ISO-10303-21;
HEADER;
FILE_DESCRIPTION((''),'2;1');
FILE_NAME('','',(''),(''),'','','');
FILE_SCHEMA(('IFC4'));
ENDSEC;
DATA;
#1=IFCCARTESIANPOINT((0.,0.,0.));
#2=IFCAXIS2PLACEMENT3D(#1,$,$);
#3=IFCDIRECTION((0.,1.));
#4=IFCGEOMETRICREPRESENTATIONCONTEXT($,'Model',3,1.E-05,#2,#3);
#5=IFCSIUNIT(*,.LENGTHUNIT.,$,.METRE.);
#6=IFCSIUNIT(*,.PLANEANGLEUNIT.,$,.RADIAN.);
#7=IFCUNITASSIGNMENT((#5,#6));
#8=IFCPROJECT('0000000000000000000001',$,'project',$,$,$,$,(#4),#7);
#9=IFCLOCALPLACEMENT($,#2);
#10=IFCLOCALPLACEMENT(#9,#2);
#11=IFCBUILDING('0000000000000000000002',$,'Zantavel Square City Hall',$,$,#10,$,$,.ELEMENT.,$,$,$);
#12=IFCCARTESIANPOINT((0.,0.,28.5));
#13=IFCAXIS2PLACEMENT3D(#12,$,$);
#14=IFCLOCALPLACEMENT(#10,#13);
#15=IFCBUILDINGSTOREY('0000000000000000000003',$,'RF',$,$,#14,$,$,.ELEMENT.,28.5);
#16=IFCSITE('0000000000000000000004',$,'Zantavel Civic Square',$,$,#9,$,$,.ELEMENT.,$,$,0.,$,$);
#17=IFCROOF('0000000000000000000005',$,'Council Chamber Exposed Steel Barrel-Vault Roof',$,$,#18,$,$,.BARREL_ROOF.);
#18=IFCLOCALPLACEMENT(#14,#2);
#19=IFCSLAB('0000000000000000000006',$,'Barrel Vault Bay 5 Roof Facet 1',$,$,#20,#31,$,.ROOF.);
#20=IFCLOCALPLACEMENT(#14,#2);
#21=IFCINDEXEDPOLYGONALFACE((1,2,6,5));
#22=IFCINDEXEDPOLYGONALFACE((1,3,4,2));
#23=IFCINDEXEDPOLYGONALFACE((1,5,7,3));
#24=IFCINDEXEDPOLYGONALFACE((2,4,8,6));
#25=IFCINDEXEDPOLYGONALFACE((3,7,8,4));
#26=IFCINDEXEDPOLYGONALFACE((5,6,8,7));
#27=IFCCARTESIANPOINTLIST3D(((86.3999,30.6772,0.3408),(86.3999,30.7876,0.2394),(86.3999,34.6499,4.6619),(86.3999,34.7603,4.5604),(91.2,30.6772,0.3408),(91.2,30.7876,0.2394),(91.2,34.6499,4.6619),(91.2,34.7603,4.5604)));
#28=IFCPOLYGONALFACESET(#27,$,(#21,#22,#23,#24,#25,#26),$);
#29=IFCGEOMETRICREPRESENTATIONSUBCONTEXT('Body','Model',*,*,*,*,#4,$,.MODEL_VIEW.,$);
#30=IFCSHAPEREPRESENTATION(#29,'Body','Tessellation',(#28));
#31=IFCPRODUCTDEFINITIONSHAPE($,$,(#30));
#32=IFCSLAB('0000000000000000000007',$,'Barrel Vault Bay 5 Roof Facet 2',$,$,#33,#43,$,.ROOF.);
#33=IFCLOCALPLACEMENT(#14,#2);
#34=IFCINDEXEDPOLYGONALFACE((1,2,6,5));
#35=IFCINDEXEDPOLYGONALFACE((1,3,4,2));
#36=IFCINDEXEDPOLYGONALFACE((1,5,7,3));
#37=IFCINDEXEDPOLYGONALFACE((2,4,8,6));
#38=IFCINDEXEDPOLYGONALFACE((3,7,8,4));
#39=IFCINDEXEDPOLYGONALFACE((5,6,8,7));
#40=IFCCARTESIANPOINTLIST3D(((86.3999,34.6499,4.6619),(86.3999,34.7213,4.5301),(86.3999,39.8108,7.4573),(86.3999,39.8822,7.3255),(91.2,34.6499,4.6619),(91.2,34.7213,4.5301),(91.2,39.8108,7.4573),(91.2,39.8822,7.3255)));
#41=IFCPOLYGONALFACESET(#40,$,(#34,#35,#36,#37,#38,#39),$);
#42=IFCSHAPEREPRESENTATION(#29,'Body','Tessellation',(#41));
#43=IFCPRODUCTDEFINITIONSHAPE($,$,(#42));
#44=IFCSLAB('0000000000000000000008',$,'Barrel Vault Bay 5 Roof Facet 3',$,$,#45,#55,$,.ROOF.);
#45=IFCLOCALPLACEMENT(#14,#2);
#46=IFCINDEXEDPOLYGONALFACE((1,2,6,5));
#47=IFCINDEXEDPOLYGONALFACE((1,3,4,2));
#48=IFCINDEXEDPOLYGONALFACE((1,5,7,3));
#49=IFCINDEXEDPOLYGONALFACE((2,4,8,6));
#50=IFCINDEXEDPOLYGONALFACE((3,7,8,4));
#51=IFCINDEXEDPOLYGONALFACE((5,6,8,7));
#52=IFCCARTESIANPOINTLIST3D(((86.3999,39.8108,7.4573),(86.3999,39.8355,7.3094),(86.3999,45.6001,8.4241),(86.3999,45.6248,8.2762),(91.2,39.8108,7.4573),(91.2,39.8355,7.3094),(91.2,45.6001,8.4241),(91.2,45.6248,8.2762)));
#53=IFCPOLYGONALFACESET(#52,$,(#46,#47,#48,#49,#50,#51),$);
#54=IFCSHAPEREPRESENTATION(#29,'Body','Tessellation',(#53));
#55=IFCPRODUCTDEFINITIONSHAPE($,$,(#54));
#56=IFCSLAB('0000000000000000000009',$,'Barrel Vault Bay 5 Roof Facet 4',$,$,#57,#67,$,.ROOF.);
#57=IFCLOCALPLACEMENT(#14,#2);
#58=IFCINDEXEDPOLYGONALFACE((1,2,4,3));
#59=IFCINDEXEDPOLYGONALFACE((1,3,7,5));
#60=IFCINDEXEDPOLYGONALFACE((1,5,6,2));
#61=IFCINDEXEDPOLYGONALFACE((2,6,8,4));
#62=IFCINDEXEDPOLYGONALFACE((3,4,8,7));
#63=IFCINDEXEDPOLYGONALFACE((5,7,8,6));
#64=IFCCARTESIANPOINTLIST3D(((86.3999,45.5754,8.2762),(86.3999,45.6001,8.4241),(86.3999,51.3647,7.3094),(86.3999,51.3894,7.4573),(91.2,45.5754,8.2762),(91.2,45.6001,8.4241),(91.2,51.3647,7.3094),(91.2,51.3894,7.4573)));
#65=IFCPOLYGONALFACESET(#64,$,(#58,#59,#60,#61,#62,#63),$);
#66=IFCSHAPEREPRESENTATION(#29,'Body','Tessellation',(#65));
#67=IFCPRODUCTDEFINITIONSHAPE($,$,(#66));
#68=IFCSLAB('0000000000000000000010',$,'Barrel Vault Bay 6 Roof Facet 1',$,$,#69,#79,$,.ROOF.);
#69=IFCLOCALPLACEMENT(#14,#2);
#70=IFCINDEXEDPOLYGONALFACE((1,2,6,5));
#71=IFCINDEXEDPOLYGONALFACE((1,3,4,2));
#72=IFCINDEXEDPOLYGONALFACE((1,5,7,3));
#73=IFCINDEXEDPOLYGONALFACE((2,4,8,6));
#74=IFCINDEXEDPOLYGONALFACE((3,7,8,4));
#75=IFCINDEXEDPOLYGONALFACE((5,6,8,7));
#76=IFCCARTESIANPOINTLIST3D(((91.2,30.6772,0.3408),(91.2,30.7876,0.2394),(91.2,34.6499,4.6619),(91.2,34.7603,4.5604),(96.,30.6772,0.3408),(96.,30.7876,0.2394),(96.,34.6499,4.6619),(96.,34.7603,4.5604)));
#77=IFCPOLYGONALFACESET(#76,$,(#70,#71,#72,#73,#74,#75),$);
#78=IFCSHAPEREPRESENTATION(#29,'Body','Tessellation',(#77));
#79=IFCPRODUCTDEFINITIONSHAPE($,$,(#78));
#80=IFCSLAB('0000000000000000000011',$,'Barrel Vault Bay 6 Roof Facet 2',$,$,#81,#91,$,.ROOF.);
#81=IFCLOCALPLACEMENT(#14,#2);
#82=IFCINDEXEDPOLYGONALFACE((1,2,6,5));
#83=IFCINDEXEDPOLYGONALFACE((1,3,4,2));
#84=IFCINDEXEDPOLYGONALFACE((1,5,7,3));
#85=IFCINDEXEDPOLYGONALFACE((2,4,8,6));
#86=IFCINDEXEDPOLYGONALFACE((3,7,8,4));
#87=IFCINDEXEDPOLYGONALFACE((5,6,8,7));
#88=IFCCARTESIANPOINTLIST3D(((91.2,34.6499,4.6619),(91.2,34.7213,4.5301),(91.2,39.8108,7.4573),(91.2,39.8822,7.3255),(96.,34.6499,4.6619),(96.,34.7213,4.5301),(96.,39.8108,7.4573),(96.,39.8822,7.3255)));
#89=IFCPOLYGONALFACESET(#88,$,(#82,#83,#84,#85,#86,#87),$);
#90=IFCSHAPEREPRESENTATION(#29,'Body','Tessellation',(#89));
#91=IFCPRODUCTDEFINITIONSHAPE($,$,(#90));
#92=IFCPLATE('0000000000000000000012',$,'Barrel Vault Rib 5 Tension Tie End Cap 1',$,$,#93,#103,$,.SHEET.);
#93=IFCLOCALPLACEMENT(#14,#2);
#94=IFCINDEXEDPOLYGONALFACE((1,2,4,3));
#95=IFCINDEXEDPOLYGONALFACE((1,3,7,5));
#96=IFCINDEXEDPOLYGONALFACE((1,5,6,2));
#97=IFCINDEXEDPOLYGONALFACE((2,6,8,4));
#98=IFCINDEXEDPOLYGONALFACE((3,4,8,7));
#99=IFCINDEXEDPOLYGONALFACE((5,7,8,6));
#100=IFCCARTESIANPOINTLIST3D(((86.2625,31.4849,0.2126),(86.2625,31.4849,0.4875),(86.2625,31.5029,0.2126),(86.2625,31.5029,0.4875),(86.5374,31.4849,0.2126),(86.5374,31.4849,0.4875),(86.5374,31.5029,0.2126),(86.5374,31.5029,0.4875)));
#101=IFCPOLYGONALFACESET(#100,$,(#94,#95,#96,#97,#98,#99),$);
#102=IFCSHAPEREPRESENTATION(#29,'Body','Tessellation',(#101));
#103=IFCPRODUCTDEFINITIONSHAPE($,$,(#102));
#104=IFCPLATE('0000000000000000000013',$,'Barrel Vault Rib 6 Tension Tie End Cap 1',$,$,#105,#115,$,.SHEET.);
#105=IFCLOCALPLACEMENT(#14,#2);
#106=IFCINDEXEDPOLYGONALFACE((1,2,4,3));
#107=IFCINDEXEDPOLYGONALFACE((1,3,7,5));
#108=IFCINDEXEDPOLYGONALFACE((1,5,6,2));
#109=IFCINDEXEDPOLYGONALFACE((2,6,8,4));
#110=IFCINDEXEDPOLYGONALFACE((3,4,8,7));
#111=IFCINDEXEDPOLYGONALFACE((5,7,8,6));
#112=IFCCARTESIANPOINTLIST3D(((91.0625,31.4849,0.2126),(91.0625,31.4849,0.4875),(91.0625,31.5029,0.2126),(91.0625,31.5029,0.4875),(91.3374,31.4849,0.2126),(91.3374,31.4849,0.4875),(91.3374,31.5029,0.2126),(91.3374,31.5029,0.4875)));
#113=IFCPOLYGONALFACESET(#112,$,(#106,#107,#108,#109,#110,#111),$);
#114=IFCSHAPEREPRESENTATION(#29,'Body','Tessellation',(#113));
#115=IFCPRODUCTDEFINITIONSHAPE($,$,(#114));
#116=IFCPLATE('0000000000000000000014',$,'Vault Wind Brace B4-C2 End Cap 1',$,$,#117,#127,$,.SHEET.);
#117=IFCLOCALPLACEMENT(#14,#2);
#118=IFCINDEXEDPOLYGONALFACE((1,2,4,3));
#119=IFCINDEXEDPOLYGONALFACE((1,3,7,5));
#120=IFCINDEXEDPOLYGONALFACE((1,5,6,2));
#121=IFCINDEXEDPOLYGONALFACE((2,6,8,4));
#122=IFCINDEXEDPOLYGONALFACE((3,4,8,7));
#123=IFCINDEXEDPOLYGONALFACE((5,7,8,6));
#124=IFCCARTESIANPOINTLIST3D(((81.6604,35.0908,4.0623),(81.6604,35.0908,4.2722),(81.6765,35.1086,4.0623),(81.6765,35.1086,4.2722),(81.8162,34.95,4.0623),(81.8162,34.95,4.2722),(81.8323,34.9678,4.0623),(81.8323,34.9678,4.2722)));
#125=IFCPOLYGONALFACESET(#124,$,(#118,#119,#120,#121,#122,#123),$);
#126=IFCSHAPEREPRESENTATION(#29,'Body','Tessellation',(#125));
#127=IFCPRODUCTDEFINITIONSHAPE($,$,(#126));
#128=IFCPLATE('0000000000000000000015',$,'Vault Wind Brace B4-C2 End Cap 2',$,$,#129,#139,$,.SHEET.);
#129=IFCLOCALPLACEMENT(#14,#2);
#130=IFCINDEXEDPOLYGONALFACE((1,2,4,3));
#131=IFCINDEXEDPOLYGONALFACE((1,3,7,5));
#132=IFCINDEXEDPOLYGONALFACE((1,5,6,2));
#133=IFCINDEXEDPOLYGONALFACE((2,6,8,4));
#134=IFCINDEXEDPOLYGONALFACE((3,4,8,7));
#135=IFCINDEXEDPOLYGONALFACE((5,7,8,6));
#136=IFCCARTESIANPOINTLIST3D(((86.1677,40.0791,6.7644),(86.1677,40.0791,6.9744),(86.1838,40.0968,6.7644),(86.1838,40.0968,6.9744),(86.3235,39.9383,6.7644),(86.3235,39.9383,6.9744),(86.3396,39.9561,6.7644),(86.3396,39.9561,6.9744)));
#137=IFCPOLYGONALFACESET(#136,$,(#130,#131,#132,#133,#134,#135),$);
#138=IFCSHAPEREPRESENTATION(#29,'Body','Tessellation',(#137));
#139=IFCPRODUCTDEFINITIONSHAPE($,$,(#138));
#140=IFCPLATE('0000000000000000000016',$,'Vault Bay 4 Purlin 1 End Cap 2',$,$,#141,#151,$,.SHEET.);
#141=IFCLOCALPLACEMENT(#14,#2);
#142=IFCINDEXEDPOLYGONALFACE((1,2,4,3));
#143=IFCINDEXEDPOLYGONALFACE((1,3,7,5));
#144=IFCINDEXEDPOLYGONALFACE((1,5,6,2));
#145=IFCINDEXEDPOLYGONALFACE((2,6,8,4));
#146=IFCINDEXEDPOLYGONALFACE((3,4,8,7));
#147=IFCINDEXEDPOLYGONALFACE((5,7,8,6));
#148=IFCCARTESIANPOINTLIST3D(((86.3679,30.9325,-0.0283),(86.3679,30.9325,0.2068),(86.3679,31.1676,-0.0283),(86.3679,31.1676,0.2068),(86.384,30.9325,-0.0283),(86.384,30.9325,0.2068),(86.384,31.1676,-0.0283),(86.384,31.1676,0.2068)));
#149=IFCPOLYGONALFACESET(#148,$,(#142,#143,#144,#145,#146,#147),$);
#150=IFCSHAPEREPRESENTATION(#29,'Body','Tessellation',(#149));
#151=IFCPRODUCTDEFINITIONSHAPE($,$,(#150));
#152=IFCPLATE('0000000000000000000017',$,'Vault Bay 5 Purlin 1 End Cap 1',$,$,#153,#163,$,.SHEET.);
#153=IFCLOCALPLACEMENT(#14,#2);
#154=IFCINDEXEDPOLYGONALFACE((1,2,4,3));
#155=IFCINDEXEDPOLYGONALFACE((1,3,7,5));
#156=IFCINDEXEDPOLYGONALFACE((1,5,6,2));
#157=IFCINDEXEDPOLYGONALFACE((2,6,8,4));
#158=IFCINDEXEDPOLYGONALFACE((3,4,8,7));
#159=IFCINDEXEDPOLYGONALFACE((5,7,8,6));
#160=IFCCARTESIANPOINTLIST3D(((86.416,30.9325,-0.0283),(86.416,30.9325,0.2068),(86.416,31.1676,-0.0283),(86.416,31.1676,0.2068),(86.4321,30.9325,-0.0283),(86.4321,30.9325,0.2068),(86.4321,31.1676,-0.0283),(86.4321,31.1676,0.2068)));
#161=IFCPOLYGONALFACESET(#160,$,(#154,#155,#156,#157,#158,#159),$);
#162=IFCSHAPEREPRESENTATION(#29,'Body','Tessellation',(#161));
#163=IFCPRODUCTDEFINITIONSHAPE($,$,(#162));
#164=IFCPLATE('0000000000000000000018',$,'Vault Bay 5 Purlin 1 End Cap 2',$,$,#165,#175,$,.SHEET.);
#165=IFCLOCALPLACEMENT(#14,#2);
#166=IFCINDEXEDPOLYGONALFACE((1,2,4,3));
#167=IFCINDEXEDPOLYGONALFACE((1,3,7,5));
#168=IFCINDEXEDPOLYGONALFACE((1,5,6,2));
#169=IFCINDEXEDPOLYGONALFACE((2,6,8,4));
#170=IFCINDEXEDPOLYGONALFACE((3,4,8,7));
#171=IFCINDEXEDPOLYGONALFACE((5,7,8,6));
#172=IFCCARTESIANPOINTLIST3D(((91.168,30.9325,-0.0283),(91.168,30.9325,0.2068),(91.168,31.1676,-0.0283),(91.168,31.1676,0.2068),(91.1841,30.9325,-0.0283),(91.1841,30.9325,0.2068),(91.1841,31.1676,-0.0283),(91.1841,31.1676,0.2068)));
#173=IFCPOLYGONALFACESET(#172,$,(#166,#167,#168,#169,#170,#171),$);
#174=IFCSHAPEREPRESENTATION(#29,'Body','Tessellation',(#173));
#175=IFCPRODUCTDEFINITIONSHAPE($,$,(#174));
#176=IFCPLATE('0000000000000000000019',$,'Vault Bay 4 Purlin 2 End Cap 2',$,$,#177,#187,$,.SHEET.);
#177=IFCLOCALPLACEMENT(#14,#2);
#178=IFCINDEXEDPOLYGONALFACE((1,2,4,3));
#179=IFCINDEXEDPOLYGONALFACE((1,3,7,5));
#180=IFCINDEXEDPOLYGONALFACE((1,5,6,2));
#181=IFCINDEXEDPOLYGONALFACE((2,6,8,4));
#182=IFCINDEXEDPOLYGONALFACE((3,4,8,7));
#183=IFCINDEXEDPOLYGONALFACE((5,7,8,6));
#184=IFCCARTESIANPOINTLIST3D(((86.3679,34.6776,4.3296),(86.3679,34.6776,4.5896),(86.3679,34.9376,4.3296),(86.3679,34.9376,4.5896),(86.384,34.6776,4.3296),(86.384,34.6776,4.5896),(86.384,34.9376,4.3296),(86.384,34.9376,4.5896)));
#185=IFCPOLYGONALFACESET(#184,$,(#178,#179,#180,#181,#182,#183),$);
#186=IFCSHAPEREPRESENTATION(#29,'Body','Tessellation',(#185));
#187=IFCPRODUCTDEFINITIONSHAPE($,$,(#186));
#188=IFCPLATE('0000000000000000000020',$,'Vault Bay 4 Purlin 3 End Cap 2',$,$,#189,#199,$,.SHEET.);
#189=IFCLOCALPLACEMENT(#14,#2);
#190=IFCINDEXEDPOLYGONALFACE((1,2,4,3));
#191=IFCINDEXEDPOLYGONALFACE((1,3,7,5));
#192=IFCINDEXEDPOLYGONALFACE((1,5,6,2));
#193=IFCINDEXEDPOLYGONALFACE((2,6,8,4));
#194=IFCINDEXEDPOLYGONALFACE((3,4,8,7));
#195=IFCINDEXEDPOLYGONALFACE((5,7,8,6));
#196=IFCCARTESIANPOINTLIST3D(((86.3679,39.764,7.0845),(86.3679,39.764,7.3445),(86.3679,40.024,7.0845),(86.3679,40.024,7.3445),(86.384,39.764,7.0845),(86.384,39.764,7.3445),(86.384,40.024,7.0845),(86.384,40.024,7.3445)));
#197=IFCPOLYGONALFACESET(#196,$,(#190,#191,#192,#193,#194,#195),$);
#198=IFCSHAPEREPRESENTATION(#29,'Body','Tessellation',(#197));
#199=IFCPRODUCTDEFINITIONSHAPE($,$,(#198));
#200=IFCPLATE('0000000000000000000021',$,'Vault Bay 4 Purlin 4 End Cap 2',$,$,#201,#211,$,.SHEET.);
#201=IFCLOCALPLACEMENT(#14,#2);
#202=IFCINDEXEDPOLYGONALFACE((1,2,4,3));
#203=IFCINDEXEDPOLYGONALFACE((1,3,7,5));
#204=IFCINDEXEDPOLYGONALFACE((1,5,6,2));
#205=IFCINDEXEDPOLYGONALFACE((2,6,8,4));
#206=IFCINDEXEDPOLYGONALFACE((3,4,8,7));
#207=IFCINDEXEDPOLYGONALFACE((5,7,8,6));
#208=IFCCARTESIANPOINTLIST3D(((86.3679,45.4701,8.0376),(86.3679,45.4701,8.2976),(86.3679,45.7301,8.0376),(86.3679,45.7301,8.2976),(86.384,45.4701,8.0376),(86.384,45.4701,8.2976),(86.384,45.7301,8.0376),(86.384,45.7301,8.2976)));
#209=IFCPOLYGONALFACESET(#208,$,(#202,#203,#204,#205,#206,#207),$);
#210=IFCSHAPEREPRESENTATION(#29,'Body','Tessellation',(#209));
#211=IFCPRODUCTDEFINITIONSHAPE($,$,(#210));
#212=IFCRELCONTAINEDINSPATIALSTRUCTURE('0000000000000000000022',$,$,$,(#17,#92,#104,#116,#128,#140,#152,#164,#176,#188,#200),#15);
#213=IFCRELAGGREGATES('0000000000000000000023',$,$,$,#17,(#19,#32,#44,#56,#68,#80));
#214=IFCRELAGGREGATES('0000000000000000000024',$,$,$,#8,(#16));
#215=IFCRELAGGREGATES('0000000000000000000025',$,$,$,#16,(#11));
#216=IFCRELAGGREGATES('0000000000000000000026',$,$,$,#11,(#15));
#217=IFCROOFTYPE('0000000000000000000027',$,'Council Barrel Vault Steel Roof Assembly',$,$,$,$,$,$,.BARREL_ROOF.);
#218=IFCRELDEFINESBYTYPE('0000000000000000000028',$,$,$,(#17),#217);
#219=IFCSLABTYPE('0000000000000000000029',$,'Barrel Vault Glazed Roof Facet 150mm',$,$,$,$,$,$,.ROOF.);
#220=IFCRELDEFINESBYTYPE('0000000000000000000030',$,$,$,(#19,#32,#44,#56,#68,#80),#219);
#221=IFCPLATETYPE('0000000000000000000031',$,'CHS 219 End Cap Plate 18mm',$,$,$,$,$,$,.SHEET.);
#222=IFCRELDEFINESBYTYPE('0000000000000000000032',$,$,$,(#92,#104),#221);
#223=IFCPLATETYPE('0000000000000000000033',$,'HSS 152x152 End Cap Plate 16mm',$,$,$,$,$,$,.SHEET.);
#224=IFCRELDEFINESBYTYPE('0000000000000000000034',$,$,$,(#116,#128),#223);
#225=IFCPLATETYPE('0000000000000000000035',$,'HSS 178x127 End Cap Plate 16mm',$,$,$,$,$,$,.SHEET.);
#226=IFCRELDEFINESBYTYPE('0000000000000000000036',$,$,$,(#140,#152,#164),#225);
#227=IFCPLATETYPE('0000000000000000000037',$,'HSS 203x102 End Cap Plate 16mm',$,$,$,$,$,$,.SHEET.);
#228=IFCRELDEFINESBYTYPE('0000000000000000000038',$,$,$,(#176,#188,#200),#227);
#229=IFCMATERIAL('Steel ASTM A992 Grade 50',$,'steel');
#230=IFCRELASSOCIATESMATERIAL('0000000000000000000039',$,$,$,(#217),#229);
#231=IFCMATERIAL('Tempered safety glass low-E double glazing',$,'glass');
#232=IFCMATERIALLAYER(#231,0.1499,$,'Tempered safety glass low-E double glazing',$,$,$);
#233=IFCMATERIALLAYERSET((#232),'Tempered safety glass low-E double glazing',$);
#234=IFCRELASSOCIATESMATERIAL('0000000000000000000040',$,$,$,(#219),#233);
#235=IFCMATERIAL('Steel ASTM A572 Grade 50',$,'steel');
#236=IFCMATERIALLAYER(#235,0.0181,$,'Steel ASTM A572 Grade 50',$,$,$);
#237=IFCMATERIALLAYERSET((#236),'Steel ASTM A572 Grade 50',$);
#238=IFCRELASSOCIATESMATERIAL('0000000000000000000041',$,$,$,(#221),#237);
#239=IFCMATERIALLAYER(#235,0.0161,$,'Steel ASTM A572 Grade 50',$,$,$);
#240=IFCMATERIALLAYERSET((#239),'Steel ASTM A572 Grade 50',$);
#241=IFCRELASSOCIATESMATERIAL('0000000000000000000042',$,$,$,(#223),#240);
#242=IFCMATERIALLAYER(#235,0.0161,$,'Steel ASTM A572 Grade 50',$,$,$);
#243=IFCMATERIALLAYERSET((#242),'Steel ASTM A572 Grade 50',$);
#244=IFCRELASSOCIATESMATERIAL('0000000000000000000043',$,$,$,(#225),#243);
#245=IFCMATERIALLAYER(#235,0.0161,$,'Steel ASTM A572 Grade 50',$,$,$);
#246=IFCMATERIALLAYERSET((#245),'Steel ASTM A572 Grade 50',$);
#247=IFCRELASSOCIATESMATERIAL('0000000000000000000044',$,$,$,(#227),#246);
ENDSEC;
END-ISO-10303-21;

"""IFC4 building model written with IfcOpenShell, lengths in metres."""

from ifc_helpers import new_model, si_unit, direction, frame, origin, origin_2d, place, context, subcontext, project, spatial, polyline, rectangle, outline, extrude, material, layer, layer_set, type_object, element, aggregate, save


model = new_model("IFC4")

# Units and contexts
model_context = context("Model", 3, precision=1e-05, world=origin(), true_north=direction((0.0, 1.0)))
body_context = subcontext(model_context, "Body", "Model", "MODEL_VIEW")
ifc_project = project(units=[si_unit("LENGTHUNIT", "METRE"), si_unit("PLANEANGLEUNIT", "RADIAN")], contexts=[model_context])

# Site, building, storey
site_placement = place(None, origin())
site = spatial("IfcSite", under=ifc_project, at=site_placement, Name="Zantavel Civic Square", CompositionType="ELEMENT", RefElevation=0.0)
building_placement = place(site_placement, origin())
building = spatial("IfcBuilding", under=site, at=building_placement, Name="Zantavel Square City Hall", CompositionType="ELEMENT")
storey_placement = place(building_placement, frame((0.0, 0.0, 28.5)))
storey = spatial("IfcBuildingStorey", under=building, at=storey_placement, Name="RF", CompositionType="ELEMENT", Elevation=28.5)

# Shared definitions
ifc_material_1 = material(Name="Steel ASTM A992 Grade 50", Category="steel")

# Roof, slabs
roof_type = type_object("IfcRoofType", Name="Council Barrel Vault Steel Roof Assembly", PredefinedType="BARREL_ROOF", material=ifc_material_1)
roof_placement = place(storey_placement, origin())
roof = element("IfcRoof", 1, at=roof_placement, inside=storey, type_object=roof_type, Name="Council Chamber Exposed Steel Barrel-Vault Roof", PredefinedType="BARREL_ROOF")
ifc_material_2 = material(Name="Tempered safety glass low-E double glazing", Category="glass")
ifc_layer_1 = layer(ifc_material_2, 0.1499, Name="Tempered safety glass low-E double glazing")
ifc_layer_set_1 = layer_set([ifc_layer_1], Name="Tempered safety glass low-E double glazing")
slab_type = type_object("IfcSlabType", Name="Barrel Vault Glazed Roof Facet 150mm", PredefinedType="ROOF", material=ifc_layer_set_1)
slab_1_placement = place(storey_placement, frame((86.3999, 30.6772, 0.3408), z_axis=(0.0, -0.736161, 0.676807), x_axis=(1.0, 0.0, 0.0)))
slab_1 = element("IfcSlab", 2, at=slab_1_placement, type_object=slab_type, Name="Barrel Vault Bay 5 Roof Facet 1", PredefinedType="ROOF", context=body_context, shape_type="SweptSolid", body=[
    extrude(outline(polyline([(0.0, 0.0), (4.8, 0.0), (4.8, 5.8697), (0.0, 5.8697), (0.0, 0.0)])), origin(), (0.0, 0.0, -1.0), 0.1499),
])
slab_2_placement = place(storey_placement, frame((86.3999, 34.6499, 4.6619), z_axis=(0.0, -0.476274, 0.879297), x_axis=(1.0, 0.0, 0.0)))
slab_2 = element("IfcSlab", 3, at=slab_2_placement, type_object=slab_type, Name="Barrel Vault Bay 5 Roof Facet 2", PredefinedType="ROOF", context=body_context, shape_type="SweptSolid", body=[
    extrude(outline(polyline([(0.0, 0.0), (4.8, 0.0), (4.8, 5.8693), (0.0, 5.8693), (0.0, 0.0)])), origin(), (0.0, 0.0, -1.0), 0.1499),
])
slab_3_placement = place(storey_placement, frame((86.3999, 39.8108, 7.4573), z_axis=(0.0, -0.164716, 0.986341), x_axis=(1.0, 0.0, 0.0)))
slab_3 = element("IfcSlab", 4, at=slab_3_placement, type_object=slab_type, Name="Barrel Vault Bay 5 Roof Facet 3", PredefinedType="ROOF", context=body_context, shape_type="SweptSolid", body=[
    extrude(outline(polyline([(0.0, 0.0), (4.8, 0.0), (4.8, 5.8695), (0.0, 5.8695), (0.0, 0.0)])), origin(), (0.0, 0.0, -1.0), 0.1499),
])
slab_4_placement = place(storey_placement, frame((86.3999, 45.6001, 8.4241), z_axis=(0.0, 0.164716, 0.986341), x_axis=(1.0, 0.0, 0.0)))
slab_4 = element("IfcSlab", 5, at=slab_4_placement, type_object=slab_type, Name="Barrel Vault Bay 5 Roof Facet 4", PredefinedType="ROOF", context=body_context, shape_type="SweptSolid", body=[
    extrude(outline(polyline([(0.0, 0.0), (4.8, 0.0), (4.8, 5.8695), (0.0, 5.8695), (0.0, 0.0)])), origin(), (0.0, 0.0, -1.0), 0.1499),
])
slab_5_placement = place(storey_placement, frame((91.2, 30.6772, 0.3408), z_axis=(0.0, -0.736161, 0.676807), x_axis=(1.0, 0.0, 0.0)))
slab_5 = element("IfcSlab", 6, at=slab_5_placement, type_object=slab_type, Name="Barrel Vault Bay 6 Roof Facet 1", PredefinedType="ROOF", context=body_context, shape_type="SweptSolid", body=[
    extrude(outline(polyline([(0.0, 0.0), (4.8, 0.0), (4.8, 5.8697), (0.0, 5.8697), (0.0, 0.0)])), origin(), (0.0, 0.0, -1.0), 0.1499),
])
slab_6_placement = place(storey_placement, frame((91.2, 34.6499, 4.6619), z_axis=(0.0, -0.476274, 0.879297), x_axis=(1.0, 0.0, 0.0)))
slab_6 = element("IfcSlab", 7, at=slab_6_placement, type_object=slab_type, Name="Barrel Vault Bay 6 Roof Facet 2", PredefinedType="ROOF", context=body_context, shape_type="SweptSolid", body=[
    extrude(outline(polyline([(0.0, 0.0), (4.8, 0.0), (4.8, 5.8693), (0.0, 5.8693), (0.0, 0.0)])), origin(), (0.0, 0.0, -1.0), 0.1499),
])
aggregate(roof, [slab_1, slab_2, slab_3, slab_4, slab_5, slab_6])

# Plates
ifc_material_3 = material(Name="Steel ASTM A572 Grade 50", Category="steel")
ifc_layer_2 = layer(ifc_material_3, 0.0181, Name="Steel ASTM A572 Grade 50")
ifc_layer_set_2 = layer_set([ifc_layer_2], Name="Steel ASTM A572 Grade 50")
plate_type_1 = type_object("IfcPlateType", Name="CHS 219 End Cap Plate 18mm", PredefinedType="SHEET", material=ifc_layer_set_2)
for number, where, z_axis, x_axis, name in (
    (8, (86.3999, 31.4939, 0.2126), (0.0, 0.0, 1.0), (0.0, 1.0, 0.0), "Barrel Vault Rib 5 Tension Tie End Cap 1"),
    (9, (91.2, 31.4939, 0.2126), (0.0, 0.0, 1.0), (0.0, 1.0, 0.0), "Barrel Vault Rib 6 Tension Tie End Cap 1"),
):
    element("IfcPlate", number, at=place(storey_placement, frame(where, z_axis=z_axis, x_axis=x_axis)), inside=storey, type_object=plate_type_1, Name=name, PredefinedType="SHEET", context=body_context, shape_type="SweptSolid", body=[
        extrude(rectangle(XDim=0.0181, YDim=0.2749, at=origin_2d()), origin(), (0.0, 0.0, 1.0), 0.2749),
    ])
ifc_layer_3 = layer(ifc_material_3, 0.0161, Name="Steel ASTM A572 Grade 50")
ifc_layer_set_3 = layer_set([ifc_layer_3], Name="Steel ASTM A572 Grade 50")
plate_type_2 = type_object("IfcPlateType", Name="HSS 152x152 End Cap Plate 16mm", PredefinedType="SHEET", material=ifc_layer_set_3)
for number, where, z_axis, x_axis, name in (
    (10, (81.7463, 35.0293, 4.0623), (0.0, 0.0, 1.0), (0.670438, 0.741966, 0.0), "Vault Wind Brace B4-C2 End Cap 1"),
    (11, (86.2537, 40.0176, 6.7644), (0.0, 0.0, 1.0), (0.670438, 0.741966, 0.0), "Vault Wind Brace B4-C2 End Cap 2"),
):
    element("IfcPlate", number, at=place(storey_placement, frame(where, z_axis=z_axis, x_axis=x_axis)), inside=storey, type_object=plate_type_2, Name=name, PredefinedType="SHEET", context=body_context, shape_type="SweptSolid", body=[
        extrude(rectangle(XDim=0.0239, YDim=0.21, at=origin_2d()), origin(), (0.0, 0.0, 1.0), 0.21),
    ])
ifc_layer_4 = layer(ifc_material_3, 0.0161, Name="Steel ASTM A572 Grade 50")
ifc_layer_set_4 = layer_set([ifc_layer_4], Name="Steel ASTM A572 Grade 50")
plate_type_3 = type_object("IfcPlateType", Name="HSS 178x127 End Cap Plate 16mm", PredefinedType="SHEET", material=ifc_layer_set_4)
for number, where, z_axis, x_axis, name in (
    (12, (86.376, 31.05, -0.0283), (0.0, 0.0, 1.0), (1.0, 0.0, 0.0), "Vault Bay 4 Purlin 1 End Cap 2"),
    (13, (86.4241, 31.05, -0.0283), (0.0, 0.0, 1.0), (1.0, 0.0, 0.0), "Vault Bay 5 Purlin 1 End Cap 1"),
    (14, (91.176, 31.05, -0.0283), (0.0, 0.0, 1.0), (1.0, 0.0, 0.0), "Vault Bay 5 Purlin 1 End Cap 2"),
):
    element("IfcPlate", number, at=place(storey_placement, frame(where, z_axis=z_axis, x_axis=x_axis)), inside=storey, type_object=plate_type_3, Name=name, PredefinedType="SHEET", context=body_context, shape_type="SweptSolid", body=[
        extrude(rectangle(XDim=0.0161, YDim=0.2351, at=origin_2d()), origin(), (0.0, 0.0, 1.0), 0.2351),
    ])
ifc_layer_5 = layer(ifc_material_3, 0.0161, Name="Steel ASTM A572 Grade 50")
ifc_layer_set_5 = layer_set([ifc_layer_5], Name="Steel ASTM A572 Grade 50")
plate_type_4 = type_object("IfcPlateType", Name="HSS 203x102 End Cap Plate 16mm", PredefinedType="SHEET", material=ifc_layer_set_5)
for number, where, z_axis, x_axis, name in (
    (15, (86.376, 34.8076, 4.3296), (0.0, 0.0, 1.0), (1.0, 0.0, 0.0), "Vault Bay 4 Purlin 2 End Cap 2"),
    (16, (86.376, 39.894, 7.0845), (0.0, 0.0, 1.0), (1.0, 0.0, 0.0), "Vault Bay 4 Purlin 3 End Cap 2"),
    (17, (86.376, 45.6001, 8.0376), (0.0, 0.0, 1.0), (1.0, 0.0, 0.0), "Vault Bay 4 Purlin 4 End Cap 2"),
):
    element("IfcPlate", number, at=place(storey_placement, frame(where, z_axis=z_axis, x_axis=x_axis)), inside=storey, type_object=plate_type_4, Name=name, PredefinedType="SHEET", context=body_context, shape_type="SweptSolid", body=[
        extrude(rectangle(XDim=0.0161, YDim=0.26, at=origin_2d()), origin(), (0.0, 0.0, 1.0), 0.26),
    ])

save(model, "model.ifc")
